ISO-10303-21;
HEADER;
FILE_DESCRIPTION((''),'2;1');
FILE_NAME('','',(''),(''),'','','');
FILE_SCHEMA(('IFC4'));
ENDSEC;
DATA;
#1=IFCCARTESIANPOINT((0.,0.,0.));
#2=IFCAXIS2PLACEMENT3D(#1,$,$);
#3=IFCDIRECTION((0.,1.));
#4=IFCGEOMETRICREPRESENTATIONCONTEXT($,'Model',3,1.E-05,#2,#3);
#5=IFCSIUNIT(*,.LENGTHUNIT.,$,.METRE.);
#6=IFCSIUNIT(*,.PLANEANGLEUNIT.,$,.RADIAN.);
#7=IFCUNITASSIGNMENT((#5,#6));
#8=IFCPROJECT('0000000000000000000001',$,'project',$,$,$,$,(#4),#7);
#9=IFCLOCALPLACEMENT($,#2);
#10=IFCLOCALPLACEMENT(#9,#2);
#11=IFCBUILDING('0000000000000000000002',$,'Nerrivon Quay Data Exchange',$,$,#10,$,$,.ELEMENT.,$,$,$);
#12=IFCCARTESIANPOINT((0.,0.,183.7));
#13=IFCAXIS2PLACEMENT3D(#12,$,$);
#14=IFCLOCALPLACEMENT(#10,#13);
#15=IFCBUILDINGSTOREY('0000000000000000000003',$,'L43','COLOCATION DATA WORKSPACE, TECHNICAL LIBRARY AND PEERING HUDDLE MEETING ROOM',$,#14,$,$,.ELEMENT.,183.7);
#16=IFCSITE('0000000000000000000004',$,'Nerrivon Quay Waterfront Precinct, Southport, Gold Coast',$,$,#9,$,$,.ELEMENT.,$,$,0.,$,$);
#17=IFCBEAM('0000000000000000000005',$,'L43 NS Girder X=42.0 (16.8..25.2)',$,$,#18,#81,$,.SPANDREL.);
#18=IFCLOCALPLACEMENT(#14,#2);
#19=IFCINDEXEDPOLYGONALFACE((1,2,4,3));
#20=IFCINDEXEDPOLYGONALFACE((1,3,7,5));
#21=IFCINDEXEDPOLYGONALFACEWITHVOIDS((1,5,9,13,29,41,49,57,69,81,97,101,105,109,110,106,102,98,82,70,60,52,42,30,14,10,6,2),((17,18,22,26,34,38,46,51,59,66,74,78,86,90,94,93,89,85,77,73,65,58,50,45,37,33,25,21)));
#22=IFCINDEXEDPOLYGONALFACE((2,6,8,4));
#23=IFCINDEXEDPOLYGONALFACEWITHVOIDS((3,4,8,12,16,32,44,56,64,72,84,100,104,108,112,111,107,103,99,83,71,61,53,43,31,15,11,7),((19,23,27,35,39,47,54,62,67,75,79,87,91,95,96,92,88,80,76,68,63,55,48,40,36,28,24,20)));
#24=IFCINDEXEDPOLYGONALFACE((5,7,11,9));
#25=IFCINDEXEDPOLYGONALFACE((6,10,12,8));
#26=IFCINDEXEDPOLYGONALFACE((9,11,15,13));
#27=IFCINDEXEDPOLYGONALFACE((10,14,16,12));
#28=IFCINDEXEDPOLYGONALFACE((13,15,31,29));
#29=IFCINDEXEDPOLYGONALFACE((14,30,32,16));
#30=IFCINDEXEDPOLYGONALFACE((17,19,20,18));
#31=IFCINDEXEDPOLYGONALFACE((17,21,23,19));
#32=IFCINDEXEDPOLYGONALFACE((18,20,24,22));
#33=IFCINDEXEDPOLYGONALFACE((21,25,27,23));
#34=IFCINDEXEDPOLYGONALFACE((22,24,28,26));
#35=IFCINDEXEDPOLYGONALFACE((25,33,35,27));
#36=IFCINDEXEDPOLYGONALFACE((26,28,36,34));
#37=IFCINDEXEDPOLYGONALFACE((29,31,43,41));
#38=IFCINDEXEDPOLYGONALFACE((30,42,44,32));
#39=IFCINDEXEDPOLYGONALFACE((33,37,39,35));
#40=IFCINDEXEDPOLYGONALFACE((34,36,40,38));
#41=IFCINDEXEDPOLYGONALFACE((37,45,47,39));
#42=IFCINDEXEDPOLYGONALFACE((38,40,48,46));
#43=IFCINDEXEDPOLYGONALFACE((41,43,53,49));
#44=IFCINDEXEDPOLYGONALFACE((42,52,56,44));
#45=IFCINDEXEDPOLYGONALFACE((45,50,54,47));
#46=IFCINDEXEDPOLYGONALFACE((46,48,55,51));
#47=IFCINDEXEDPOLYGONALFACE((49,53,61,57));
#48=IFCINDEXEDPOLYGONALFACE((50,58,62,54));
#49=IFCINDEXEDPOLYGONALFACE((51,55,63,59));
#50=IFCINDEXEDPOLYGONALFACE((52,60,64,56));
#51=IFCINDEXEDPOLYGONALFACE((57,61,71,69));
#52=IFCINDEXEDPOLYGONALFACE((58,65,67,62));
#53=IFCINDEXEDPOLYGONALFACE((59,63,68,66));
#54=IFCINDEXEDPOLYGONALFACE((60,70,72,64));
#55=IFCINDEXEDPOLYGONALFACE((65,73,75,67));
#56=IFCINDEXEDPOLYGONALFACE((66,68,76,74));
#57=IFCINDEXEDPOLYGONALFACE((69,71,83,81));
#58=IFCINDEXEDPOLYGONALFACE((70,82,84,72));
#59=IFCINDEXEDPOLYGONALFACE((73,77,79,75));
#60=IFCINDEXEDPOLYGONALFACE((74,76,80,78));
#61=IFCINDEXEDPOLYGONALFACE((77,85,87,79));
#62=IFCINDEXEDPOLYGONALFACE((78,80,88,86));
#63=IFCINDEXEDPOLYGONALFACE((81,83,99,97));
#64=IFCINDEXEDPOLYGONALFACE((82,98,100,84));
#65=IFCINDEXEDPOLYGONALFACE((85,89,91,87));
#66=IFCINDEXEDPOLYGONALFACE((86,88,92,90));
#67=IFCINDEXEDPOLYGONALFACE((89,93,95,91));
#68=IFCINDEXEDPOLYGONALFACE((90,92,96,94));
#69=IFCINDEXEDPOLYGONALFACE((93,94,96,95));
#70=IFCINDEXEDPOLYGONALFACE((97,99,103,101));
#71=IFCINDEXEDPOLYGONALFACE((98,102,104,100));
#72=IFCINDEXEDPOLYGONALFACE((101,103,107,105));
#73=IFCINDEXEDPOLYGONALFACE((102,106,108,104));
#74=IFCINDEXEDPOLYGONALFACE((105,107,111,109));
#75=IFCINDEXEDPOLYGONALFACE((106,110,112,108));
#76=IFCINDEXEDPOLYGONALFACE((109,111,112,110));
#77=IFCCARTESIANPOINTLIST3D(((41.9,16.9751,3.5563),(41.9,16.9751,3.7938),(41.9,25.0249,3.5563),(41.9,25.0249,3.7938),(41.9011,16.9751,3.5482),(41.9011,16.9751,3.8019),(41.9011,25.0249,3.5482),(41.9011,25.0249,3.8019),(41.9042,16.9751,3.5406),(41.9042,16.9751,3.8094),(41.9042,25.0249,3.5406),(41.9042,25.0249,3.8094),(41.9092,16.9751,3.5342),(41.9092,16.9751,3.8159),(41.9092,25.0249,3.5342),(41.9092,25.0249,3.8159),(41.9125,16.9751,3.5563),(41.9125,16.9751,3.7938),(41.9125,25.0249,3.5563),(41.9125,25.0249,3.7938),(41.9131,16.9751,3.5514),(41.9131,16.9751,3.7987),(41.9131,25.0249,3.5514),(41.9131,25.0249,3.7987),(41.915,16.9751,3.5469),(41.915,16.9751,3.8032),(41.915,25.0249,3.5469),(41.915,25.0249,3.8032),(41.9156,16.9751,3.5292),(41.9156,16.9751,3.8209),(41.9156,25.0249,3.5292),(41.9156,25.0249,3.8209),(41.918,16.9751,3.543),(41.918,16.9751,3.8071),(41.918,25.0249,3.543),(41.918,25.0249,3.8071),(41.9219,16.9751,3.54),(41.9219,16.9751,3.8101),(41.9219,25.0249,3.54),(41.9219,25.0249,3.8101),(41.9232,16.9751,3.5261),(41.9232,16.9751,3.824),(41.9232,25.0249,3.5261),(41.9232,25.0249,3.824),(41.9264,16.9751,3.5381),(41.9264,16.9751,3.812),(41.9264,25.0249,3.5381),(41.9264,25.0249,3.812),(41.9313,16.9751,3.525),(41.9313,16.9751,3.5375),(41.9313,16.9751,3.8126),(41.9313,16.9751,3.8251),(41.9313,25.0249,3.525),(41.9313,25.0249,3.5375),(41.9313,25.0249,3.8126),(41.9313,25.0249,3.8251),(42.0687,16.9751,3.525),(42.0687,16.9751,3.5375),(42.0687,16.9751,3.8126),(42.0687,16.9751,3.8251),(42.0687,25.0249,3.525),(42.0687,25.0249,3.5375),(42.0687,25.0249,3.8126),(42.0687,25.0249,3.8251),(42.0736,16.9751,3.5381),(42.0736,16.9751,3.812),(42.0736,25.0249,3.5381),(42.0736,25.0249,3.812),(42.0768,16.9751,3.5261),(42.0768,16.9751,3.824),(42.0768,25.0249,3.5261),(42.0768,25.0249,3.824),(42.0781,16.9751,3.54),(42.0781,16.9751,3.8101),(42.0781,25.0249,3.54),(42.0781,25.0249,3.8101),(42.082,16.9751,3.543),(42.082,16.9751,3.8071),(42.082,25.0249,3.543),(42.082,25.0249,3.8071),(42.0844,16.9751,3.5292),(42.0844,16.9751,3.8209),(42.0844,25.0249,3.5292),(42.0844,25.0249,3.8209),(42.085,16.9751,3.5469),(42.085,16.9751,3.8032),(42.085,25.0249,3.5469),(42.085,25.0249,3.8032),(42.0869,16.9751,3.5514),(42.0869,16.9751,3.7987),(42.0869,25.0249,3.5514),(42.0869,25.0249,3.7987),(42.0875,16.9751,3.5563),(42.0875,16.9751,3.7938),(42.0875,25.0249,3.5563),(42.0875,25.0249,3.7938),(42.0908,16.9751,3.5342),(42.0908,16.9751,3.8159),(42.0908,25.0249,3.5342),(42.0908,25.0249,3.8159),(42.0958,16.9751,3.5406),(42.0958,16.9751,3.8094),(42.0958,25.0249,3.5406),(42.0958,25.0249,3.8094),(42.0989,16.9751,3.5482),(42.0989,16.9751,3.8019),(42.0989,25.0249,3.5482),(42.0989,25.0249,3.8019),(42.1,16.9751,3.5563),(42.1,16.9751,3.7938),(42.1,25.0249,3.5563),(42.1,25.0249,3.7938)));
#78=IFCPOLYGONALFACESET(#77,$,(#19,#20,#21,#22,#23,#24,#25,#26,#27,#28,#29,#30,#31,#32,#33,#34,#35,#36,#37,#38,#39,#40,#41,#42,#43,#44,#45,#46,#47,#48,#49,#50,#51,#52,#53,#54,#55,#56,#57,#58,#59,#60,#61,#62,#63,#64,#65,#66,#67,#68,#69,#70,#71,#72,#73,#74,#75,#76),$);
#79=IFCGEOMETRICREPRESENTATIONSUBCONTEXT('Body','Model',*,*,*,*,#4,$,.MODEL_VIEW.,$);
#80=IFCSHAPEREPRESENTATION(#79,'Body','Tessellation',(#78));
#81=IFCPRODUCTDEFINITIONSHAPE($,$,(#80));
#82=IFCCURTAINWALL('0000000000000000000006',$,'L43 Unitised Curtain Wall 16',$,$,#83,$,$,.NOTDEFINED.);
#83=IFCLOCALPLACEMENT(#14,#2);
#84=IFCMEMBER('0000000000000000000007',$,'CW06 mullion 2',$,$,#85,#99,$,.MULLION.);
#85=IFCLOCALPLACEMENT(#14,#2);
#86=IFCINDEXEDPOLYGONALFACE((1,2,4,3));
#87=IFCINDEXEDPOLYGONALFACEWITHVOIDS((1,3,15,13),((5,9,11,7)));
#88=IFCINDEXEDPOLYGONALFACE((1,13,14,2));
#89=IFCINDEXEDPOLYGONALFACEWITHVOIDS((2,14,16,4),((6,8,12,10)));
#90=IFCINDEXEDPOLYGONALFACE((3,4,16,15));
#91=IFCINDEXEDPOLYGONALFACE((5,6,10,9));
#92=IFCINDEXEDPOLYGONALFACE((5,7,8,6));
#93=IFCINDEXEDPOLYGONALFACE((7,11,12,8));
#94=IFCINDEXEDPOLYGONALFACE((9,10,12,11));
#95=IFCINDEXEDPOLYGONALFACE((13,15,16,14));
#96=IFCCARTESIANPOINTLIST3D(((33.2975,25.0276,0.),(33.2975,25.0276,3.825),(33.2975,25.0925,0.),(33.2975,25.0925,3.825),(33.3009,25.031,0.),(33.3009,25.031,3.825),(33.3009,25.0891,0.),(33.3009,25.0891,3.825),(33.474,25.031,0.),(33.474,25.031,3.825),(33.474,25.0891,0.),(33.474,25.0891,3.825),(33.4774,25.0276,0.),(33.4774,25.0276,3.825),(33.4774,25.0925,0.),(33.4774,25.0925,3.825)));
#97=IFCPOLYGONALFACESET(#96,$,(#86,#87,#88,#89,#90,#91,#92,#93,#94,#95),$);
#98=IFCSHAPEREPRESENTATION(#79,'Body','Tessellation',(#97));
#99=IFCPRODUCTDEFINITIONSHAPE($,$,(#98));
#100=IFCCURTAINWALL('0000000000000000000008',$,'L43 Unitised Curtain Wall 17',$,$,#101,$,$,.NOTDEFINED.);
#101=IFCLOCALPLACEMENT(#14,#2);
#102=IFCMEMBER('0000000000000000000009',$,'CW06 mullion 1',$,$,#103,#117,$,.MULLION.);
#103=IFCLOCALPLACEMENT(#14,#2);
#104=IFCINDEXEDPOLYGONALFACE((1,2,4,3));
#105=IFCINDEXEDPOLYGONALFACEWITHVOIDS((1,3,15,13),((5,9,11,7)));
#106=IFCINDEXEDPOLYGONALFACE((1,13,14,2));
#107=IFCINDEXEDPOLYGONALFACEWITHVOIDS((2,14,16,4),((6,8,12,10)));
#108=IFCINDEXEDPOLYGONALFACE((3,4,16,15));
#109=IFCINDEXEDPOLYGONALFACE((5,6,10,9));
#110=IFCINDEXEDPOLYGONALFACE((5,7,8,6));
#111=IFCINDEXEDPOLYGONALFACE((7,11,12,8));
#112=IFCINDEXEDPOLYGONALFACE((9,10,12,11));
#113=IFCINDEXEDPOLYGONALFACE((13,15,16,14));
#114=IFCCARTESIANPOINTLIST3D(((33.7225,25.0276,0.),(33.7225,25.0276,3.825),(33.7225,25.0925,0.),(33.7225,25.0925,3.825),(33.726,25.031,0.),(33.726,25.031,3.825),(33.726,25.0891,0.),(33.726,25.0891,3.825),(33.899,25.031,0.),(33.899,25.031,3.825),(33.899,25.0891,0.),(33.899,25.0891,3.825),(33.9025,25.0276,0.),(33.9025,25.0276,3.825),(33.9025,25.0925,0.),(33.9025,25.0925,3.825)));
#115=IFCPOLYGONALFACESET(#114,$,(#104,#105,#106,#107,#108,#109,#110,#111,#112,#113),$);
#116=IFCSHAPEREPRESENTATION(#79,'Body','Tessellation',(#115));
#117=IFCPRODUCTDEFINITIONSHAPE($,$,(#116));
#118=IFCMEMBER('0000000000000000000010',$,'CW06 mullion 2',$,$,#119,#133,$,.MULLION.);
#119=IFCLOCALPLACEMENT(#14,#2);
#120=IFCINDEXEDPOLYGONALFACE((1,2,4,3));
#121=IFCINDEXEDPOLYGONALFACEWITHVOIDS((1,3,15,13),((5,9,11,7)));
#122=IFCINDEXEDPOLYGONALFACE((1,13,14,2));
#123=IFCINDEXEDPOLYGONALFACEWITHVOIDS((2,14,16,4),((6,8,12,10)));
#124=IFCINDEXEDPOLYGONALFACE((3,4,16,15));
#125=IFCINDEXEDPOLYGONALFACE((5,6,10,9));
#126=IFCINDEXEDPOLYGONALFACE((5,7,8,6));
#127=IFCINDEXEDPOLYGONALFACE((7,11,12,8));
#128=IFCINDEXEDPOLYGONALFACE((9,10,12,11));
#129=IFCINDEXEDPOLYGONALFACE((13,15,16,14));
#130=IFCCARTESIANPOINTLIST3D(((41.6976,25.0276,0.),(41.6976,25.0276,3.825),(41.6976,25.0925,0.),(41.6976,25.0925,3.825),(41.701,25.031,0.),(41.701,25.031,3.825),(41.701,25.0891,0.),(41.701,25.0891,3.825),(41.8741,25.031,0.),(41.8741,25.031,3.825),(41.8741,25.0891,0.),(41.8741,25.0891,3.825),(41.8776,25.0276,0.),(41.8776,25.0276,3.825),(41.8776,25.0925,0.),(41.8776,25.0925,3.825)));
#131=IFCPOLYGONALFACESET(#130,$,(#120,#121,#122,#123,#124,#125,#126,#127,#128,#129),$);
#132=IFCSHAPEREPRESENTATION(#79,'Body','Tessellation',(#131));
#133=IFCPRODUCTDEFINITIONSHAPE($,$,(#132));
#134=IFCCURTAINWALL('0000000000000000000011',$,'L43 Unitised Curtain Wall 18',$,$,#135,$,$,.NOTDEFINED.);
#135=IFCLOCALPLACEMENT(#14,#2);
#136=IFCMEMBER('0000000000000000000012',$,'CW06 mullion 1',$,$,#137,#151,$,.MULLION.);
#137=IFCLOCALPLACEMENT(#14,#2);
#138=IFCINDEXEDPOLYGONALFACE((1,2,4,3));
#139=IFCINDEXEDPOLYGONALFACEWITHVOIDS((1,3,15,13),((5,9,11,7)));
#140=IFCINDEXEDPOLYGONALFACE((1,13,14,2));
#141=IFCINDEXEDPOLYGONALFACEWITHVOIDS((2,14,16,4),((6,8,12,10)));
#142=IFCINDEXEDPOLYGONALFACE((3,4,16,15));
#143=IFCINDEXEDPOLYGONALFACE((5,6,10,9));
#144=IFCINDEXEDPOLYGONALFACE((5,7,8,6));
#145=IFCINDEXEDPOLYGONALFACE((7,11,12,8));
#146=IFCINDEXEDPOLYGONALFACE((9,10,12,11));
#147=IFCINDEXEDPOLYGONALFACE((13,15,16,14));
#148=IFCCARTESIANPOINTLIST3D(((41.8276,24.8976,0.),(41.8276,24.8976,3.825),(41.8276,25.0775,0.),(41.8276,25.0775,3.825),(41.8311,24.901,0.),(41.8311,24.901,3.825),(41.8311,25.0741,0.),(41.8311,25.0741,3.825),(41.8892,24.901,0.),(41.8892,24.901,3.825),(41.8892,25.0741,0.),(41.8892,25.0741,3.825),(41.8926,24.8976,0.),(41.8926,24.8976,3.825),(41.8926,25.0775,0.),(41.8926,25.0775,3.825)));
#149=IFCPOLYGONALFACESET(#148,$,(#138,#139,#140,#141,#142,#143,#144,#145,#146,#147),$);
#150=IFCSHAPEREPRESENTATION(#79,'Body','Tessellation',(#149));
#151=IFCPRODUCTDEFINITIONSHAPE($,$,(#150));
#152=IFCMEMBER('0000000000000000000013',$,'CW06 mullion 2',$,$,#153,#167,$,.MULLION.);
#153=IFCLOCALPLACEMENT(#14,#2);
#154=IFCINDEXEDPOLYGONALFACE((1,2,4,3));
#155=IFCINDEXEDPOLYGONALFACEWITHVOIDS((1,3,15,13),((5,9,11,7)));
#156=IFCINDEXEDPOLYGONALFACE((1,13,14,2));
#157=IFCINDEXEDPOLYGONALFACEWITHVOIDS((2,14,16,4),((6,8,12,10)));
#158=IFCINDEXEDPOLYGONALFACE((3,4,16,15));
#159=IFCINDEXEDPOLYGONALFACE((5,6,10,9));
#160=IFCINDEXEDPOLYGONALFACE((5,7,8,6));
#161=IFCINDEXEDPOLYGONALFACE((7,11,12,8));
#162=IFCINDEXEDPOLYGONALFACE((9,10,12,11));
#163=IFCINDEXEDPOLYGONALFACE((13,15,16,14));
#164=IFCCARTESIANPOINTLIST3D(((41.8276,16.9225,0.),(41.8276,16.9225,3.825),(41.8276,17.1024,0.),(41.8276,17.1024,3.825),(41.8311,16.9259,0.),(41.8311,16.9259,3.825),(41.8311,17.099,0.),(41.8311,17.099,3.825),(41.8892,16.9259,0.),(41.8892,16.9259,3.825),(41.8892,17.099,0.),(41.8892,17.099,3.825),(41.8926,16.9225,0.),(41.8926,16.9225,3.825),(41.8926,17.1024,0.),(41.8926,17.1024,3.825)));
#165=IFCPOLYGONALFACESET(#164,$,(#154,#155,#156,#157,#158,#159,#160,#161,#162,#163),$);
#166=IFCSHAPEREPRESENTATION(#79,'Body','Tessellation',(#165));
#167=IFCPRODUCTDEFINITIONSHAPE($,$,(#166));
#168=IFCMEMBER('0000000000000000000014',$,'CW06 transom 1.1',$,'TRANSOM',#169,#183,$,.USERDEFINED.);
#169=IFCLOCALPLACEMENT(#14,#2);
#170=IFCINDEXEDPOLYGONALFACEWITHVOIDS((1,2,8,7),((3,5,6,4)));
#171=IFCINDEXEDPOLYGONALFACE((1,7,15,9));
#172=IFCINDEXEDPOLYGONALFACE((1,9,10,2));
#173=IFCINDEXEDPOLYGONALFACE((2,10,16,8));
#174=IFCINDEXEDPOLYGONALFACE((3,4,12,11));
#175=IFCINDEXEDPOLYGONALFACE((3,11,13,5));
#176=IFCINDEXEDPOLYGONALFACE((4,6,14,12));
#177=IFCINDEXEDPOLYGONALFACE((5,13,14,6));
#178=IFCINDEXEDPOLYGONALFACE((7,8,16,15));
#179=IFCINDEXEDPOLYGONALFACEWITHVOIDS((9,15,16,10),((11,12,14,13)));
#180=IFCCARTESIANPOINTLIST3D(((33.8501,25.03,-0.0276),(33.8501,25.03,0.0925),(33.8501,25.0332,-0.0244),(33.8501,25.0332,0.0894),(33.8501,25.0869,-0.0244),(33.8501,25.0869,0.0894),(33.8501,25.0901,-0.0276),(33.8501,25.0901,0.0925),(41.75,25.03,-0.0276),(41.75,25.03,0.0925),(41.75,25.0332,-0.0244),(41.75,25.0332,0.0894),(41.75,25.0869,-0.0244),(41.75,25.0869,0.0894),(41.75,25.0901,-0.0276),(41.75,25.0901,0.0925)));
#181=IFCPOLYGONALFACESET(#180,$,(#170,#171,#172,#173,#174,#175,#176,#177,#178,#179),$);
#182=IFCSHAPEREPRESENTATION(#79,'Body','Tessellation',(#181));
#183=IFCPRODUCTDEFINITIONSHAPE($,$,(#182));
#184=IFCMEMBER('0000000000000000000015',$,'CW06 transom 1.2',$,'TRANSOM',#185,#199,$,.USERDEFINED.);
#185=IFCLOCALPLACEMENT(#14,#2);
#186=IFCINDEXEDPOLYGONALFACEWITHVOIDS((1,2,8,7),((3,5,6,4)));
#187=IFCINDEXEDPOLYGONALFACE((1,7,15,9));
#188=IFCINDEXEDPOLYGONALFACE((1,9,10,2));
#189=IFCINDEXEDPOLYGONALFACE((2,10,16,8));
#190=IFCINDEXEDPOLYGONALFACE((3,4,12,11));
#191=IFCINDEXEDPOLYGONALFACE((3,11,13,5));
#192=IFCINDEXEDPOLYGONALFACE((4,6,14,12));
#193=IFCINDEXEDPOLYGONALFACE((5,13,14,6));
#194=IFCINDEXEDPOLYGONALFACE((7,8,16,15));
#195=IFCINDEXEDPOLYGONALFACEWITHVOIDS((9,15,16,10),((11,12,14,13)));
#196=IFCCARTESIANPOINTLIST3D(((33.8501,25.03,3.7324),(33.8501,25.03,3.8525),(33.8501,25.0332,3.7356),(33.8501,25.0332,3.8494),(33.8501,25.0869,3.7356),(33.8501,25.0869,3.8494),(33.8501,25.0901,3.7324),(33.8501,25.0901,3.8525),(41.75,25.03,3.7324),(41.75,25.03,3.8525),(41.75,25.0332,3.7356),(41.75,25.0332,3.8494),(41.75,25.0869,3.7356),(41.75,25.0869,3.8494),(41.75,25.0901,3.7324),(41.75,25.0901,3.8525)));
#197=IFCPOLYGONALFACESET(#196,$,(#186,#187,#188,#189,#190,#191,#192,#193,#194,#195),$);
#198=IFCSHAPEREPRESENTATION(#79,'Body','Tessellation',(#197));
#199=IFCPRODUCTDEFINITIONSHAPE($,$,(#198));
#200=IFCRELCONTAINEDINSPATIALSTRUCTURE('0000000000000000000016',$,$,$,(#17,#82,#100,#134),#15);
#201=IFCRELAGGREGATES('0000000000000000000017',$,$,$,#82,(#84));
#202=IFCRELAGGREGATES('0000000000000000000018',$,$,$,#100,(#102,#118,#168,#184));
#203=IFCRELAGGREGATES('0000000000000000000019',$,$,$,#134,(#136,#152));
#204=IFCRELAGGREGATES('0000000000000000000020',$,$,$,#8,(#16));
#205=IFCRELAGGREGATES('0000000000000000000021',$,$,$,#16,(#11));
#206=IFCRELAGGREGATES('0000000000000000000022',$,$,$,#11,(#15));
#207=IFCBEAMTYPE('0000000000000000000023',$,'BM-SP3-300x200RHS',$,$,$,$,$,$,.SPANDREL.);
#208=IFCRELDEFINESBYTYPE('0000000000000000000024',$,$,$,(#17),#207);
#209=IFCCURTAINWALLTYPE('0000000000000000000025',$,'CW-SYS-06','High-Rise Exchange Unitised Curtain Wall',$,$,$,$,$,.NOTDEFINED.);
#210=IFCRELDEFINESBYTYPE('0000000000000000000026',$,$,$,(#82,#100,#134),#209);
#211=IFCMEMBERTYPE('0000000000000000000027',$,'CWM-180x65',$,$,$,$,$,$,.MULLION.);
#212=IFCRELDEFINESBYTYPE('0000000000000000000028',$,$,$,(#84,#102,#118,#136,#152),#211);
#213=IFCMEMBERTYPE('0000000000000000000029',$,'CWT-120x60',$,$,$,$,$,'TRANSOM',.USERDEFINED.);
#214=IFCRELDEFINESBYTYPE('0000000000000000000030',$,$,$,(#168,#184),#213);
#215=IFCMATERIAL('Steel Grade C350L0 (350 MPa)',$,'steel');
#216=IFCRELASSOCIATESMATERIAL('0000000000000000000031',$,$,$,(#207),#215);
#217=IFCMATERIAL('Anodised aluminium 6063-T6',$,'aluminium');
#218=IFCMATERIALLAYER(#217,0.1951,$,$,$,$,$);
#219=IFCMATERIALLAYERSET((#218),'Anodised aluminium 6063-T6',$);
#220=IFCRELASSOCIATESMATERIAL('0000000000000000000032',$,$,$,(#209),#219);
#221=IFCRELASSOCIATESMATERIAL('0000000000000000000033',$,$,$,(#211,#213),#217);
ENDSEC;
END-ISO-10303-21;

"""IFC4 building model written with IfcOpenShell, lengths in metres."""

from ifc_helpers import new_model, si_unit, direction, frame, origin, origin_2d, place, context, subcontext, project, spatial, hollow_rectangle, extrude, material, layer, layer_set, material_profile, profile_set, type_object, element, aggregate, save


model = new_model("IFC4")

# Units and contexts
model_context = context("Model", 3, precision=1e-05, world=origin(), true_north=direction((0.0, 1.0)))
body_context = subcontext(model_context, "Body", "Model", "MODEL_VIEW")
ifc_project = project(units=[si_unit("LENGTHUNIT", "METRE"), si_unit("PLANEANGLEUNIT", "RADIAN")], contexts=[model_context])

# Site, building, storey
site_placement = place(None, origin())
site = spatial("IfcSite", under=ifc_project, at=site_placement, Name="Nerrivon Quay Waterfront Precinct, Southport, Gold Coast", CompositionType="ELEMENT", RefElevation=0.0)
building_placement = place(site_placement, origin())
building = spatial("IfcBuilding", under=site, at=building_placement, Name="Nerrivon Quay Data Exchange", CompositionType="ELEMENT")
storey_placement = place(building_placement, frame((0.0, 0.0, 183.7)))
storey = spatial("IfcBuildingStorey", under=building, at=storey_placement, Name="L43", Description="COLOCATION DATA WORKSPACE, TECHNICAL LIBRARY AND PEERING HUDDLE MEETING ROOM", CompositionType="ELEMENT", Elevation=183.7)

# Beam
ifc_material_1 = material(Name="Steel Grade C350L0 (350 MPa)", Category="steel")
ifc_material_profile_1 = material_profile(ifc_material_1, hollow_rectangle(XDim=0.2, YDim=0.3, WallThickness=0.0125, InnerFilletRadius=0.0188, OuterFilletRadius=0.0312, at=origin_2d()), Name="300x200x12.5RHS")
ifc_profile_set_1 = profile_set([ifc_material_profile_1], Name="Steel Grade C350L0 (350 MPa)")
beam_type_1 = type_object("IfcBeamType", Name="BM-SP3-300x200RHS", PredefinedType="SPANDREL", material=ifc_profile_set_1)
beam_1_placement = place(storey_placement, frame((42.0, 16.9751, 3.675), z_axis=(0.0, 1.0, 0.0), x_axis=(-1.0, 0.0, 0.0)))
element("IfcBeam", 1, at=beam_1_placement, inside=storey, type_object=beam_type_1, Name="L43 NS Girder X=42.0 (16.8..25.2)", PredefinedType="SPANDREL", context=body_context, shape_type="SweptSolid", body=[
    extrude(hollow_rectangle(XDim=0.2, YDim=0.3, WallThickness=0.0125, InnerFilletRadius=0.0188, OuterFilletRadius=0.0312, at=origin_2d()), origin(), (0.0, 0.0, 1.0), 8.0498),
])

# Curtain wall, member
ifc_material_2 = material(Name="Anodised aluminium 6063-T6", Category="aluminium")
ifc_layer_1 = layer(ifc_material_2, 0.1951)
ifc_layer_set_1 = layer_set([ifc_layer_1], Name="Anodised aluminium 6063-T6")
curtain_wall_type = type_object("IfcCurtainWallType", Name="CW-SYS-06", Description="High-Rise Exchange Unitised Curtain Wall", PredefinedType="NOTDEFINED", material=ifc_layer_set_1)
curtain_wall_1_placement = place(storey_placement, origin())
curtain_wall_1 = element("IfcCurtainWall", 2, at=curtain_wall_1_placement, inside=storey, type_object=curtain_wall_type, Name="L43 Unitised Curtain Wall 16", PredefinedType="NOTDEFINED")
ifc_material_profile_2 = material_profile(ifc_material_2, hollow_rectangle(XDim=0.0649, YDim=0.1799, WallThickness=0.0034, at=origin_2d()), Name="ALU-MULL-180x65")
ifc_profile_set_2 = profile_set([ifc_material_profile_2], Name="Anodised aluminium 6063-T6")
member_type_1 = type_object("IfcMemberType", Name="CWM-180x65", PredefinedType="MULLION", material=ifc_profile_set_2)
member_1_placement = place(storey_placement, frame((33.3875, 25.0601, 0.0), z_axis=(0.0, 0.0, 1.0), x_axis=(0.0, 1.0, 0.0)))
member_1 = element("IfcMember", 3, at=member_1_placement, type_object=member_type_1, Name="CW06 mullion 2", PredefinedType="MULLION", context=body_context, shape_type="SweptSolid", body=[
    extrude(hollow_rectangle(XDim=0.0649, YDim=0.1799, WallThickness=0.0034, at=origin_2d()), origin(), (0.0, 0.0, 1.0), 3.825),
])

# Curtain walls, members
curtain_wall_2_placement = place(storey_placement, origin())
curtain_wall_2 = element("IfcCurtainWall", 4, at=curtain_wall_2_placement, inside=storey, type_object=curtain_wall_type, Name="L43 Unitised Curtain Wall 17", PredefinedType="NOTDEFINED")
member_2_placement = place(storey_placement, frame((33.8125, 25.0601, 0.0), z_axis=(0.0, 0.0, 1.0), x_axis=(0.0, 1.0, 0.0)))
member_2 = element("IfcMember", 5, at=member_2_placement, type_object=member_type_1, Name="CW06 mullion 1", PredefinedType="MULLION", context=body_context, shape_type="SweptSolid", body=[
    extrude(hollow_rectangle(XDim=0.0649, YDim=0.1799, WallThickness=0.0034, at=origin_2d()), origin(), (0.0, 0.0, 1.0), 3.825),
])
member_3_placement = place(storey_placement, frame((41.7876, 25.0601, 0.0), z_axis=(0.0, 0.0, 1.0), x_axis=(0.0, 1.0, 0.0)))
member_3 = element("IfcMember", 6, at=member_3_placement, type_object=member_type_1, Name="CW06 mullion 2", PredefinedType="MULLION", context=body_context, shape_type="SweptSolid", body=[
    extrude(hollow_rectangle(XDim=0.0649, YDim=0.1799, WallThickness=0.0034, at=origin_2d()), origin(), (0.0, 0.0, 1.0), 3.825),
])
curtain_wall_3_placement = place(storey_placement, origin())
curtain_wall_3 = element("IfcCurtainWall", 7, at=curtain_wall_3_placement, inside=storey, type_object=curtain_wall_type, Name="L43 Unitised Curtain Wall 18", PredefinedType="NOTDEFINED")
member_4_placement = place(storey_placement, frame((41.8601, 24.9875, 0.0), z_axis=(0.0, 0.0, 1.0), x_axis=(1.0, 0.0, 0.0)))
member_4 = element("IfcMember", 8, at=member_4_placement, type_object=member_type_1, Name="CW06 mullion 1", PredefinedType="MULLION", context=body_context, shape_type="SweptSolid", body=[
    extrude(hollow_rectangle(XDim=0.0649, YDim=0.1799, WallThickness=0.0034, at=origin_2d()), origin(), (0.0, 0.0, 1.0), 3.825),
])
member_5_placement = place(storey_placement, frame((41.8601, 17.0125, 0.0), z_axis=(0.0, 0.0, 1.0), x_axis=(1.0, 0.0, 0.0)))
member_5 = element("IfcMember", 9, at=member_5_placement, type_object=member_type_1, Name="CW06 mullion 2", PredefinedType="MULLION", context=body_context, shape_type="SweptSolid", body=[
    extrude(hollow_rectangle(XDim=0.0649, YDim=0.1799, WallThickness=0.0034, at=origin_2d()), origin(), (0.0, 0.0, 1.0), 3.825),
])

# Members
ifc_material_profile_3 = material_profile(ifc_material_2, hollow_rectangle(XDim=0.0601, YDim=0.1201, WallThickness=0.0032, at=origin_2d()), Name="ALU-TRAN-120x60")
ifc_profile_set_3 = profile_set([ifc_material_profile_3], Name="Anodised aluminium 6063-T6")
member_type_2 = type_object("IfcMemberType", Name="CWT-120x60", ElementType="TRANSOM", PredefinedType="USERDEFINED", material=ifc_profile_set_3)
member_6_placement = place(storey_placement, frame((33.8501, 25.0601, 0.0325), z_axis=(1.0, 0.0, 0.0), x_axis=(0.0, 1.0, 0.0)))
member_6 = element("IfcMember", 10, at=member_6_placement, type_object=member_type_2, Name="CW06 transom 1.1", ObjectType="TRANSOM", PredefinedType="USERDEFINED", context=body_context, shape_type="SweptSolid", body=[
    extrude(hollow_rectangle(XDim=0.0601, YDim=0.1201, WallThickness=0.0032, at=origin_2d()), origin(), (0.0, 0.0, 1.0), 7.8999),
])
member_7_placement = place(storey_placement, frame((33.8501, 25.0601, 3.7925), z_axis=(1.0, 0.0, 0.0), x_axis=(0.0, 1.0, 0.0)))
member_7 = element("IfcMember", 11, at=member_7_placement, type_object=member_type_2, Name="CW06 transom 1.2", ObjectType="TRANSOM", PredefinedType="USERDEFINED", context=body_context, shape_type="SweptSolid", body=[
    extrude(hollow_rectangle(XDim=0.0601, YDim=0.1201, WallThickness=0.0032, at=origin_2d()), origin(), (0.0, 0.0, 1.0), 7.8999),
])

aggregate(curtain_wall_1, [member_1])
aggregate(curtain_wall_2, [member_2, member_3, member_6, member_7])
aggregate(curtain_wall_3, [member_4, member_5])

save(model, "model.ifc")
